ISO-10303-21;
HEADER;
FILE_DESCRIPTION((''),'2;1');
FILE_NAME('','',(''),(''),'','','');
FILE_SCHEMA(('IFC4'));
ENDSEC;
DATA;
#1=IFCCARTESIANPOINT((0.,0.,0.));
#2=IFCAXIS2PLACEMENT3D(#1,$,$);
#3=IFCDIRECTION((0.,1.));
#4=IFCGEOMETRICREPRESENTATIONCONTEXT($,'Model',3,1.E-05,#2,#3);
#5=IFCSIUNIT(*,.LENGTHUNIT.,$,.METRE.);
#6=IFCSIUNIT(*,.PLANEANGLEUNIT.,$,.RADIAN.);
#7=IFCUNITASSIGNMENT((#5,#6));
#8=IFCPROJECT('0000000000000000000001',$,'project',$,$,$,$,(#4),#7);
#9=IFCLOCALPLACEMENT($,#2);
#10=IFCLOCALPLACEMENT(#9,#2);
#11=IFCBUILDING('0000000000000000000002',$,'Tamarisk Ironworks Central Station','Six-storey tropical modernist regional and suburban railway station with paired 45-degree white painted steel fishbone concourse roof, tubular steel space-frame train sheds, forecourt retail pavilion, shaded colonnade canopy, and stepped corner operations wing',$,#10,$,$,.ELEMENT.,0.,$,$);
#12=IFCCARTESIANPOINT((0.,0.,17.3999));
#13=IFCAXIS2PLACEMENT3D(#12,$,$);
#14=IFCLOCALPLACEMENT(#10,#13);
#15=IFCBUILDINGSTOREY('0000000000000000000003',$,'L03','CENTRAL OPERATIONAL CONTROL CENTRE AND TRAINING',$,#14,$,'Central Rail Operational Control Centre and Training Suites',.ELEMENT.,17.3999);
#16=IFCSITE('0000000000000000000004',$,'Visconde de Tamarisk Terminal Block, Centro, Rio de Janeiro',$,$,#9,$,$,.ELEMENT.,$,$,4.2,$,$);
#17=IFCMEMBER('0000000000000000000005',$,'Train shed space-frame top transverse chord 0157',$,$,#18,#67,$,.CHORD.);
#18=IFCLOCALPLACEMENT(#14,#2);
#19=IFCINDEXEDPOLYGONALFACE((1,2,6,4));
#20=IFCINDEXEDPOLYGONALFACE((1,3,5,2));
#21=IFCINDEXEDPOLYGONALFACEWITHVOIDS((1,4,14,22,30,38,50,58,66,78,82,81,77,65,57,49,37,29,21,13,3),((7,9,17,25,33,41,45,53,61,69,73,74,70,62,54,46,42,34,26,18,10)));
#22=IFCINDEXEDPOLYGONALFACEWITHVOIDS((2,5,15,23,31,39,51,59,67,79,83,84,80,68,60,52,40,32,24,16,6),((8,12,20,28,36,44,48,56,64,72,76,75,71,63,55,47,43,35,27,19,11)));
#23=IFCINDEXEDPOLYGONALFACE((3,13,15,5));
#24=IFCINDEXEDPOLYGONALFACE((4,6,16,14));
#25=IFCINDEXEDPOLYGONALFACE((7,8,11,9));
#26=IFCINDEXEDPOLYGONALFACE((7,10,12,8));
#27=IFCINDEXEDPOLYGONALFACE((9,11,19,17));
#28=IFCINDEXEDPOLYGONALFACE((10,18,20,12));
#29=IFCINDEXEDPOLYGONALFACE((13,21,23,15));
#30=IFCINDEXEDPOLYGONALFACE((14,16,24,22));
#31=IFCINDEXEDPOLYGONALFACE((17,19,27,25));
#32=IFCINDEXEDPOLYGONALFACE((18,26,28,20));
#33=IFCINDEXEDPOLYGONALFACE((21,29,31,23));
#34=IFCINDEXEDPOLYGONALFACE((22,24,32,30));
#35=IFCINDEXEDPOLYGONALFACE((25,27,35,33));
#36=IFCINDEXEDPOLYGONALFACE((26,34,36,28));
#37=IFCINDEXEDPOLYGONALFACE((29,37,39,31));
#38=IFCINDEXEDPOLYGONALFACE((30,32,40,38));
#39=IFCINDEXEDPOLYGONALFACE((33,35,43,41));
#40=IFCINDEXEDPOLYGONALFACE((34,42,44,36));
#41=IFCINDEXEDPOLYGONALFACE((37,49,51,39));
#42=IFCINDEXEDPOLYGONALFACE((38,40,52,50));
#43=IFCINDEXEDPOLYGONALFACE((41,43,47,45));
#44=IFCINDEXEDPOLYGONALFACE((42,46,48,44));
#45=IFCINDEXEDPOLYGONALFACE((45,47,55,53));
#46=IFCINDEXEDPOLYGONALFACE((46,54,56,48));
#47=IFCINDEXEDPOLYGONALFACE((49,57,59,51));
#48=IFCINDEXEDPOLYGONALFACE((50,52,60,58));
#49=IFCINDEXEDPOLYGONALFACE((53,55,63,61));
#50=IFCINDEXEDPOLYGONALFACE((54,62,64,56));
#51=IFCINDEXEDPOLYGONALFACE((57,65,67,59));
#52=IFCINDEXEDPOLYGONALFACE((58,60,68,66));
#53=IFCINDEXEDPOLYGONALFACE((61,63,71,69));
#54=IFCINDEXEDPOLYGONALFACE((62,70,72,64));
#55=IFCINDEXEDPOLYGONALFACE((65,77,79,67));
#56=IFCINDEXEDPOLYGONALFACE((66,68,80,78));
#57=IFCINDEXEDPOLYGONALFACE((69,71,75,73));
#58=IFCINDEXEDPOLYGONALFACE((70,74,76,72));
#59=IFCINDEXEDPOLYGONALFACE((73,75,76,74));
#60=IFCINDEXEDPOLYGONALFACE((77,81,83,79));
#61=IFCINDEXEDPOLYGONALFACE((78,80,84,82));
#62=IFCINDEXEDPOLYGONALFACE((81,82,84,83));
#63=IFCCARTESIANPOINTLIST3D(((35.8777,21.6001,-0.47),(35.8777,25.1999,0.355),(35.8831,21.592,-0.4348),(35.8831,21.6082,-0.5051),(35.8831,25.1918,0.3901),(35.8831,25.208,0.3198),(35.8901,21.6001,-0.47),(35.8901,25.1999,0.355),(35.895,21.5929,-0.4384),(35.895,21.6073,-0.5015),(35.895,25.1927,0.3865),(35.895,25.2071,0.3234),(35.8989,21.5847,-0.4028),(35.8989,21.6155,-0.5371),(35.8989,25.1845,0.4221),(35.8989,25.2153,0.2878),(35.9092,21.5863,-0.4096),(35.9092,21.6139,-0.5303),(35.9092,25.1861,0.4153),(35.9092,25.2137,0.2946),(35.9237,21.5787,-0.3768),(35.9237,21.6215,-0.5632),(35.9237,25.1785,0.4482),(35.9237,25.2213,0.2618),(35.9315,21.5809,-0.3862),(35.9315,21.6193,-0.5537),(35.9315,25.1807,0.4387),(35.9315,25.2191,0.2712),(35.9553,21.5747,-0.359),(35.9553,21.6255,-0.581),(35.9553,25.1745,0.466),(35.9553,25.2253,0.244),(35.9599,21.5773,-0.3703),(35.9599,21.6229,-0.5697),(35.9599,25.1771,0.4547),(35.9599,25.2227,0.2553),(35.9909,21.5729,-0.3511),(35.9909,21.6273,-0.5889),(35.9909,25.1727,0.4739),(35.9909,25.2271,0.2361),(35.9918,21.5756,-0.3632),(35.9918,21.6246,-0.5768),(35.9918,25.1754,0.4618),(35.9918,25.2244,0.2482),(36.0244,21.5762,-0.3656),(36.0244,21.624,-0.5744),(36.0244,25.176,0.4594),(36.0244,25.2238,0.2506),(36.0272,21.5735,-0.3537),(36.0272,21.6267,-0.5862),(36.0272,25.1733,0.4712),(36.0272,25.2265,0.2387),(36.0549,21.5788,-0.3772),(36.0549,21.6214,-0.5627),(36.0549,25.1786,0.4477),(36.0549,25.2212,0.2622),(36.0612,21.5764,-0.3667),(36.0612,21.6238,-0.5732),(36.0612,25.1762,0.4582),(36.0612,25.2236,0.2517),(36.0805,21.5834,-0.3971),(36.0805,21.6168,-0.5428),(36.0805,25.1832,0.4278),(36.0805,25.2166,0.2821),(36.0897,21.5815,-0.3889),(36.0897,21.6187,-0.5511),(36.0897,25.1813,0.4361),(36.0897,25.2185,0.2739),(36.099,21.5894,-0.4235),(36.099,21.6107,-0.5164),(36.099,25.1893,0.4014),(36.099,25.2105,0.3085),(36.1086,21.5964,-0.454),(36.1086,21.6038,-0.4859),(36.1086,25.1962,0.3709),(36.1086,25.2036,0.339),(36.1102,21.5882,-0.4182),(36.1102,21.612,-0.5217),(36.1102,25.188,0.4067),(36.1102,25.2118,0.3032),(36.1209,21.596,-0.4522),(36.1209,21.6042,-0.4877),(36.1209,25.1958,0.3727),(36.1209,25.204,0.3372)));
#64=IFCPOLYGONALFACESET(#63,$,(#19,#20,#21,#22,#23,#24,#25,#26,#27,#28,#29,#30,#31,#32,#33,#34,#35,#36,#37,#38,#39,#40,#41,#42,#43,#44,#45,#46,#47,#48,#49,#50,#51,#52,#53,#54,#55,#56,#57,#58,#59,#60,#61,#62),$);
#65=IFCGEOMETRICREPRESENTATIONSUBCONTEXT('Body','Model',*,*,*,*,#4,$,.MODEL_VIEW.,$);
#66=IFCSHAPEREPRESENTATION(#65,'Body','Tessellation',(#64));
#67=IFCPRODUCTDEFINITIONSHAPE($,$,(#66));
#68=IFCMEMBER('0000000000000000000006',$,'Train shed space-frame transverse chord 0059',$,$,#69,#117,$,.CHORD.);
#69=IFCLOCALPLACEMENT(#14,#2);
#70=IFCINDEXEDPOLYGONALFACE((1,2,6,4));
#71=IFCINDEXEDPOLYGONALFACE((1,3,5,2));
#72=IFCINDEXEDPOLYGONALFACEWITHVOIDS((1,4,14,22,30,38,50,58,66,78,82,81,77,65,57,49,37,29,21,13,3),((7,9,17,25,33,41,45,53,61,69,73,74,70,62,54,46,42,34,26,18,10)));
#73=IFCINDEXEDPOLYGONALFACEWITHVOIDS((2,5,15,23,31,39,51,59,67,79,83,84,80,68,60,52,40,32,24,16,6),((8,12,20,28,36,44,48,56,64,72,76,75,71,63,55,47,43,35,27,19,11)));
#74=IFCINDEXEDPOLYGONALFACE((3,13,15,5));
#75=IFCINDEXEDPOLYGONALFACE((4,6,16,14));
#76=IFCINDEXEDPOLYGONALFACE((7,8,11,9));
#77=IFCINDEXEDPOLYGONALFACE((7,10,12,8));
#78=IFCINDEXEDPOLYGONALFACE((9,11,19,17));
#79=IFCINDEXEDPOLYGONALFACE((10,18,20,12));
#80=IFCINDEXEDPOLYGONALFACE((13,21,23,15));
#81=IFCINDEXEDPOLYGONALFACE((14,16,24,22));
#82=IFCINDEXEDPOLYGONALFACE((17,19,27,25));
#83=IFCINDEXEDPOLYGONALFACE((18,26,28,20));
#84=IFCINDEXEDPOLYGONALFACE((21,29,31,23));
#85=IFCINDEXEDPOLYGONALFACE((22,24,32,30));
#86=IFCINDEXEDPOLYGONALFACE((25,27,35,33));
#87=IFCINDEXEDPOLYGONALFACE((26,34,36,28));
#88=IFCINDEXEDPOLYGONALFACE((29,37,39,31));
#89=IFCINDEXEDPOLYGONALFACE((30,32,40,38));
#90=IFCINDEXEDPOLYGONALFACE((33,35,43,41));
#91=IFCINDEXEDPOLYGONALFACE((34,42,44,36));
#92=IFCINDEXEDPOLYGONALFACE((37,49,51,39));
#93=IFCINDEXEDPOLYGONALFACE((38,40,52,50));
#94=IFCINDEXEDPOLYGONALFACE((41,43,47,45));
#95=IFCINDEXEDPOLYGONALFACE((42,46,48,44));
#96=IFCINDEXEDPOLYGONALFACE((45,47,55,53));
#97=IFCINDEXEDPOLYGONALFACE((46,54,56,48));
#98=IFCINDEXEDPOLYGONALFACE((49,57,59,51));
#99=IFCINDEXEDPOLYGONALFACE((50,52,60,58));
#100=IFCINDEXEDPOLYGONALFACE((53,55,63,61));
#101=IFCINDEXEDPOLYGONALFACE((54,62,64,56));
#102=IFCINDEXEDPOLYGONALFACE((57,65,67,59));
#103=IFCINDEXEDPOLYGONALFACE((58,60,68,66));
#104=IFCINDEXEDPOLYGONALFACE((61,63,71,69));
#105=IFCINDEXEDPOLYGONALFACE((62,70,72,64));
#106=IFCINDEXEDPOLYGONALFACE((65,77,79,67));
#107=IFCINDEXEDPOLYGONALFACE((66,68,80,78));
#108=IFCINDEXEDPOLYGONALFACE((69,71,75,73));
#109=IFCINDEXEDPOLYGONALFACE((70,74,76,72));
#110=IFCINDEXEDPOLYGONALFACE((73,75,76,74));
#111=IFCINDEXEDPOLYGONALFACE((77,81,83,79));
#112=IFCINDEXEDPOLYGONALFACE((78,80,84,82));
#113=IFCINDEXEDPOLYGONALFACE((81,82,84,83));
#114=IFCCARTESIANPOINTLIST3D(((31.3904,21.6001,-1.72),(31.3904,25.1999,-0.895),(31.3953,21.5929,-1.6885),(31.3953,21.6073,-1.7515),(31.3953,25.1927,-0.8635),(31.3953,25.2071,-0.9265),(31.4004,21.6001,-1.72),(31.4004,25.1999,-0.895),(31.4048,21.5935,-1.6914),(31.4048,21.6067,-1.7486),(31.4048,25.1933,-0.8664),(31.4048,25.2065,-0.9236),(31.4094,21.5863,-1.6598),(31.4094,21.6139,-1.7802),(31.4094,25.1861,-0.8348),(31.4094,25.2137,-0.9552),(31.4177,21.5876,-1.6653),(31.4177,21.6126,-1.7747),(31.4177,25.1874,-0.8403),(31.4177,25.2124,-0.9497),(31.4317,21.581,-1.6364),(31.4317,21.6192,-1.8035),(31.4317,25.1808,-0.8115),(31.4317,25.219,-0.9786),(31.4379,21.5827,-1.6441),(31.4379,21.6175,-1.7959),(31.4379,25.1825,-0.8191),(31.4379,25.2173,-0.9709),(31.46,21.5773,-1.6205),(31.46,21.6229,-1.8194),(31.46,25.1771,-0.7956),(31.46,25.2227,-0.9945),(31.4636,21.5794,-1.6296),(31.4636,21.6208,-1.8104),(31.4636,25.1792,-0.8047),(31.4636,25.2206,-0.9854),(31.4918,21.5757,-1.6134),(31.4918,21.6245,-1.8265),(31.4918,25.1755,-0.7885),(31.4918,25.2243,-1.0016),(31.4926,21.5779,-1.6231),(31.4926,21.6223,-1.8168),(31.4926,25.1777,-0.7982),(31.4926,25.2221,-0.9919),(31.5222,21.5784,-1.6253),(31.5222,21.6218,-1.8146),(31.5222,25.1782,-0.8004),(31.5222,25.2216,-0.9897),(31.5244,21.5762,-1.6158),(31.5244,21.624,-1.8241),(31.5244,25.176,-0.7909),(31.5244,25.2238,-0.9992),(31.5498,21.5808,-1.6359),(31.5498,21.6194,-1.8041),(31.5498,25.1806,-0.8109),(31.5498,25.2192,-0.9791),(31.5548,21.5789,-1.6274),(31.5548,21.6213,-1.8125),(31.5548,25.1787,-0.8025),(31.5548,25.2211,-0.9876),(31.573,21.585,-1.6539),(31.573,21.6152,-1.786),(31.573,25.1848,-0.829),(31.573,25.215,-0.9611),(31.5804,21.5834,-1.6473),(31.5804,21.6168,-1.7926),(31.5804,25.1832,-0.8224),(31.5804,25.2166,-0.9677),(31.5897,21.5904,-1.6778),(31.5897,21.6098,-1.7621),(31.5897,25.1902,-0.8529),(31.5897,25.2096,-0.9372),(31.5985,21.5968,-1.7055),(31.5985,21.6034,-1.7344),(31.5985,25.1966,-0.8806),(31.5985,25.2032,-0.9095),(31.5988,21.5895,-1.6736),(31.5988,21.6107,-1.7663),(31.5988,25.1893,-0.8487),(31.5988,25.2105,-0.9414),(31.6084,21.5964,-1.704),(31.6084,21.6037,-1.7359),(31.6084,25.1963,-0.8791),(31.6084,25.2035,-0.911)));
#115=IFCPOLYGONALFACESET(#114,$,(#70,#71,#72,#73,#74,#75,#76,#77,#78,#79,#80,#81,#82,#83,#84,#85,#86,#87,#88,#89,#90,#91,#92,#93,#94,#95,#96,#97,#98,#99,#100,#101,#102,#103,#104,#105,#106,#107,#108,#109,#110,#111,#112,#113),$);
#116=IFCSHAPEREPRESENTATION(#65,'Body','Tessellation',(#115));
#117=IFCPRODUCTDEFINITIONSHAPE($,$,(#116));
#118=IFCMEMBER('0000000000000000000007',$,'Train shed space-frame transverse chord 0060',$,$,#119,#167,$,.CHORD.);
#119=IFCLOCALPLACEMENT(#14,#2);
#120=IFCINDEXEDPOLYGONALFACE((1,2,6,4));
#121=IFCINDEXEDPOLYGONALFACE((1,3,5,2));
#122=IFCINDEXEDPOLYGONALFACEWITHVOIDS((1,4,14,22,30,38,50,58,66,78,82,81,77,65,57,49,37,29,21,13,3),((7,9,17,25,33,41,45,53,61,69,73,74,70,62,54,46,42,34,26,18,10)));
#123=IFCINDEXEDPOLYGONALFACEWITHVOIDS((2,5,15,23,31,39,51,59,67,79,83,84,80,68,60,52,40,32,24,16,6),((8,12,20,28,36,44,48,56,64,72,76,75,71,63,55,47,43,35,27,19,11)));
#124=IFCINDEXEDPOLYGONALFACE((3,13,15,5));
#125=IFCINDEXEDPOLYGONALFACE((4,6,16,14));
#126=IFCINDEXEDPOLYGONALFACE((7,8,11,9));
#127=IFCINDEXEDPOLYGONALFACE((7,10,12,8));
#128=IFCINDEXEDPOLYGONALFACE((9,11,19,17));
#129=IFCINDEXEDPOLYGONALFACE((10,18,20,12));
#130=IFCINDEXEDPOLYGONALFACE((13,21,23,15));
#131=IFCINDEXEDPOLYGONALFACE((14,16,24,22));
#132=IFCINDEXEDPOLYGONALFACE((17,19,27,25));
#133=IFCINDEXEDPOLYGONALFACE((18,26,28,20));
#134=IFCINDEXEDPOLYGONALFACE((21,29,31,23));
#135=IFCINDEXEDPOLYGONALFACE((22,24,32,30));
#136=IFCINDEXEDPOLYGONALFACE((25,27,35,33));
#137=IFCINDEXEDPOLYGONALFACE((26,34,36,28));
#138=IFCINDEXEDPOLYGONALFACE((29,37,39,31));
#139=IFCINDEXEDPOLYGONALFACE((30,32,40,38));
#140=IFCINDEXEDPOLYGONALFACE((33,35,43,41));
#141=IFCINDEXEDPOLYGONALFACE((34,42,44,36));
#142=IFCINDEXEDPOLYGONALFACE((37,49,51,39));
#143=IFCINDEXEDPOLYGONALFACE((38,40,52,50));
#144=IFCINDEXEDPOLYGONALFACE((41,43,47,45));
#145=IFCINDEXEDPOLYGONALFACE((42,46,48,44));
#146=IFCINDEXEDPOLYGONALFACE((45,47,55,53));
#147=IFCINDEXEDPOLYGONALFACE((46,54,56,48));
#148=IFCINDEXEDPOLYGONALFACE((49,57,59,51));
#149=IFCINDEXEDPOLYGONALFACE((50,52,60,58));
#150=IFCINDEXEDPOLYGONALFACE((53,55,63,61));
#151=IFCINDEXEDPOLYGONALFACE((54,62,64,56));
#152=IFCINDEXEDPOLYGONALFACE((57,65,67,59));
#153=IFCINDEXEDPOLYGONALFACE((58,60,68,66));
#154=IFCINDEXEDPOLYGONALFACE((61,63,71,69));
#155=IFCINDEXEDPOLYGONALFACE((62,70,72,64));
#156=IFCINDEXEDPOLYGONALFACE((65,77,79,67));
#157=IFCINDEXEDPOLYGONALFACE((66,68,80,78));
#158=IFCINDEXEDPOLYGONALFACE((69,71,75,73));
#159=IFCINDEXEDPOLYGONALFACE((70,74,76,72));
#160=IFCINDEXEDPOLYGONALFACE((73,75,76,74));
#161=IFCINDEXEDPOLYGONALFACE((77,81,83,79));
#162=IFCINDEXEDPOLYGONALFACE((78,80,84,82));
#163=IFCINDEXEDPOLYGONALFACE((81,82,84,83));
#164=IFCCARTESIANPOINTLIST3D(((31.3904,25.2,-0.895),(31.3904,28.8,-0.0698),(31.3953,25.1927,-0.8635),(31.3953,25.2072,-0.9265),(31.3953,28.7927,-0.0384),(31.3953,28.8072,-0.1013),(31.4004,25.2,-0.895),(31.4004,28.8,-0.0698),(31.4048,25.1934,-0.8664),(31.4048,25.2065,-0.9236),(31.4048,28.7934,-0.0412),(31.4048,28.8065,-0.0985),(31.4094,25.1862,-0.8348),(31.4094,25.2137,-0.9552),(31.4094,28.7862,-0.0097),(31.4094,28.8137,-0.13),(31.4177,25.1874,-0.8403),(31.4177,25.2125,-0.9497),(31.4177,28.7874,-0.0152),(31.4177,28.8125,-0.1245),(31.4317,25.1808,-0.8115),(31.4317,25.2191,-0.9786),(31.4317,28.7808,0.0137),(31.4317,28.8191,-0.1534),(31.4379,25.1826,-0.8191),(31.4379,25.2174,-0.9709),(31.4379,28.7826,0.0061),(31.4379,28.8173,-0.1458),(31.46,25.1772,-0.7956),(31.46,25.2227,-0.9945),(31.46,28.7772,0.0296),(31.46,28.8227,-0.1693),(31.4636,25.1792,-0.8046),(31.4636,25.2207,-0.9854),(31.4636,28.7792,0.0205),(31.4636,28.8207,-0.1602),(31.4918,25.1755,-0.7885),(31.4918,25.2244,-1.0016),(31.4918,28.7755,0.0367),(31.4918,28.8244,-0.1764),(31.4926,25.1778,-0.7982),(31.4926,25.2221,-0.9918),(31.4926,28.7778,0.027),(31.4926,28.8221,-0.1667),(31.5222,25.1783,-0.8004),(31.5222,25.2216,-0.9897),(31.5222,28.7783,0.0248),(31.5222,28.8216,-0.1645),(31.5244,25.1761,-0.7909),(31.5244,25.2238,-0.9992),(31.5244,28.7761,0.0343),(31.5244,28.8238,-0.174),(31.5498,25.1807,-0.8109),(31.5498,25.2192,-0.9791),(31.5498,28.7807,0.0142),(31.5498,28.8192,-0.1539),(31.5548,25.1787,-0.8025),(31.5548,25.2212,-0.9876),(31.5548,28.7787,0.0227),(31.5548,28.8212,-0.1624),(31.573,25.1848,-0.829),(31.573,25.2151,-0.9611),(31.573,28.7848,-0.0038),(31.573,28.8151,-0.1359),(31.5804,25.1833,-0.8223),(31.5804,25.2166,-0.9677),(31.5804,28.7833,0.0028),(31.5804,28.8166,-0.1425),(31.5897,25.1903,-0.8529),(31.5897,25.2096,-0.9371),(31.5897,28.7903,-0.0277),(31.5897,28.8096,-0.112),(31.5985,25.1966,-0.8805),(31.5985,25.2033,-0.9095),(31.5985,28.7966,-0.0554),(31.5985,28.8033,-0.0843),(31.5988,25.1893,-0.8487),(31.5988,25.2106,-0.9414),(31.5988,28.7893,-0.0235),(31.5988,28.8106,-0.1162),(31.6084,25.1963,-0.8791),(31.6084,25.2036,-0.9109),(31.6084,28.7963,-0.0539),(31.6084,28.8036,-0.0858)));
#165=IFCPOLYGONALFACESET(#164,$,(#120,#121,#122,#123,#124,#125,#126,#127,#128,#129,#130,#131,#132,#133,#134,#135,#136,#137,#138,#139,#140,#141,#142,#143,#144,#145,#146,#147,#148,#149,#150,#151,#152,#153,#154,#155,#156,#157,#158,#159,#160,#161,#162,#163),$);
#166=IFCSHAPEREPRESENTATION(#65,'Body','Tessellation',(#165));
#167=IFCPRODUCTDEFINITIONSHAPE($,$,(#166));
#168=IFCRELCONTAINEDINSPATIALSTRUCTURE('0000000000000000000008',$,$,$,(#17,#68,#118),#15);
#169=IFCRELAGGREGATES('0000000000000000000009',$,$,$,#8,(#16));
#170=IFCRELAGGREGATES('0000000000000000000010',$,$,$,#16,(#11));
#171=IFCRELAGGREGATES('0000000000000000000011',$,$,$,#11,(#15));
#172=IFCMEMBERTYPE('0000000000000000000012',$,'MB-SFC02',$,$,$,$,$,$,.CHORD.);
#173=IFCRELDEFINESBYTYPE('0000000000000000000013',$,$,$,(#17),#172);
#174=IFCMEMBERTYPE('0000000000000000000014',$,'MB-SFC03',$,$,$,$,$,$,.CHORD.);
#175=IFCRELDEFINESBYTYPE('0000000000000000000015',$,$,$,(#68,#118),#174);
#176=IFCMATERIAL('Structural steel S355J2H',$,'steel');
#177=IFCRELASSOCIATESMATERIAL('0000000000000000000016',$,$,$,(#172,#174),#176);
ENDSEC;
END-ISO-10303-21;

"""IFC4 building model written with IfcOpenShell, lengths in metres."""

from ifc_helpers import new_model, si_unit, direction, frame, origin, origin_2d, place, context, subcontext, project, spatial, hollow_circle, extrude, material, material_profile, profile_set, type_object, element, save


model = new_model("IFC4")

# Units and contexts
model_context = context("Model", 3, precision=1e-05, world=origin(), true_north=direction((0.0, 1.0)))
body_context = subcontext(model_context, "Body", "Model", "MODEL_VIEW")
ifc_project = project(units=[si_unit("LENGTHUNIT", "METRE"), si_unit("PLANEANGLEUNIT", "RADIAN")], contexts=[model_context])

# Site, building, storey
site_placement = place(None, origin())
site = spatial("IfcSite", under=ifc_project, at=site_placement, Name="Visconde de Tamarisk Terminal Block, Centro, Rio de Janeiro", CompositionType="ELEMENT", RefElevation=4.2)
building_placement = place(site_placement, origin())
building = spatial("IfcBuilding", under=site, at=building_placement, Name="Tamarisk Ironworks Central Station", Description="Six-storey tropical modernist regional and suburban railway station with paired 45-degree white painted steel fishbone concourse roof, tubular steel space-frame train sheds, forecourt retail pavilion, shaded colonnade canopy, and stepped corner operations wing", CompositionType="ELEMENT", ElevationOfRefHeight=0.0)
storey_placement = place(building_placement, frame((0.0, 0.0, 17.3999)))
storey = spatial("IfcBuildingStorey", under=building, at=storey_placement, Name="L03", Description="CENTRAL OPERATIONAL CONTROL CENTRE AND TRAINING", LongName="Central Rail Operational Control Centre and Training Suites", CompositionType="ELEMENT", Elevation=17.3999)

# Members
ifc_material_1 = material(Name="Structural steel S355J2H", Category="steel")
ifc_material_profile_1 = material_profile(ifc_material_1, hollow_circle(Radius=0.1223, WallThickness=0.0125, at=origin_2d()), Name="CHS 244.5x12.5")
ifc_profile_set_1 = profile_set([ifc_material_profile_1], Name="Structural steel S355J2H")
member_type_1 = type_object("IfcMemberType", Name="MB-SFC02", PredefinedType="CHORD", material=ifc_profile_set_1)
for number, where, z_axis, x_axis, name in (
    (1, (36.0, 21.6001, -0.47), (0.0, 0.974733, 0.223372), (-1.0, 0.0, 0.0), "Train shed space-frame top transverse chord 0157"),
):
    element("IfcMember", number, at=place(storey_placement, frame(where, z_axis=z_axis, x_axis=x_axis)), inside=storey, type_object=member_type_1, Name=name, PredefinedType="CHORD", context=body_context, shape_type="SweptSolid", body=[
        extrude(hollow_circle(Radius=0.1223, WallThickness=0.0125, at=origin_2d()), origin(), (0.0, 0.0, 1.0), 3.6931),
    ])
ifc_material_profile_2 = material_profile(ifc_material_1, hollow_circle(Radius=0.1096, WallThickness=0.01, at=origin_2d()), Name="CHS 219.1x10")
ifc_profile_set_2 = profile_set([ifc_material_profile_2], Name="Structural steel S355J2H")
member_type_2 = type_object("IfcMemberType", Name="MB-SFC03", PredefinedType="CHORD", material=ifc_profile_set_2)
member_1_placement = place(storey_placement, frame((31.5, 21.6001, -1.72), z_axis=(0.0, 0.974733, 0.223372), x_axis=(-1.0, 0.0, 0.0)))
element("IfcMember", 2, at=member_1_placement, inside=storey, type_object=member_type_2, Name="Train shed space-frame transverse chord 0059", PredefinedType="CHORD", context=body_context, shape_type="SweptSolid", body=[
    extrude(hollow_circle(Radius=0.1096, WallThickness=0.01, at=origin_2d()), origin(), (0.0, 0.0, 1.0), 3.6931),
])
member_2_placement = place(storey_placement, frame((31.5, 25.2, -0.895), z_axis=(0.0, 0.974722, 0.223421), x_axis=(-1.0, 0.0, 0.0)))
element("IfcMember", 3, at=member_2_placement, inside=storey, type_object=member_type_2, Name="Train shed space-frame transverse chord 0060", PredefinedType="CHORD", context=body_context, shape_type="SweptSolid", body=[
    extrude(hollow_circle(Radius=0.1096, WallThickness=0.01, at=origin_2d()), origin(), (0.0, 0.0, 1.0), 3.6934),
])

save(model, "model.ifc")
